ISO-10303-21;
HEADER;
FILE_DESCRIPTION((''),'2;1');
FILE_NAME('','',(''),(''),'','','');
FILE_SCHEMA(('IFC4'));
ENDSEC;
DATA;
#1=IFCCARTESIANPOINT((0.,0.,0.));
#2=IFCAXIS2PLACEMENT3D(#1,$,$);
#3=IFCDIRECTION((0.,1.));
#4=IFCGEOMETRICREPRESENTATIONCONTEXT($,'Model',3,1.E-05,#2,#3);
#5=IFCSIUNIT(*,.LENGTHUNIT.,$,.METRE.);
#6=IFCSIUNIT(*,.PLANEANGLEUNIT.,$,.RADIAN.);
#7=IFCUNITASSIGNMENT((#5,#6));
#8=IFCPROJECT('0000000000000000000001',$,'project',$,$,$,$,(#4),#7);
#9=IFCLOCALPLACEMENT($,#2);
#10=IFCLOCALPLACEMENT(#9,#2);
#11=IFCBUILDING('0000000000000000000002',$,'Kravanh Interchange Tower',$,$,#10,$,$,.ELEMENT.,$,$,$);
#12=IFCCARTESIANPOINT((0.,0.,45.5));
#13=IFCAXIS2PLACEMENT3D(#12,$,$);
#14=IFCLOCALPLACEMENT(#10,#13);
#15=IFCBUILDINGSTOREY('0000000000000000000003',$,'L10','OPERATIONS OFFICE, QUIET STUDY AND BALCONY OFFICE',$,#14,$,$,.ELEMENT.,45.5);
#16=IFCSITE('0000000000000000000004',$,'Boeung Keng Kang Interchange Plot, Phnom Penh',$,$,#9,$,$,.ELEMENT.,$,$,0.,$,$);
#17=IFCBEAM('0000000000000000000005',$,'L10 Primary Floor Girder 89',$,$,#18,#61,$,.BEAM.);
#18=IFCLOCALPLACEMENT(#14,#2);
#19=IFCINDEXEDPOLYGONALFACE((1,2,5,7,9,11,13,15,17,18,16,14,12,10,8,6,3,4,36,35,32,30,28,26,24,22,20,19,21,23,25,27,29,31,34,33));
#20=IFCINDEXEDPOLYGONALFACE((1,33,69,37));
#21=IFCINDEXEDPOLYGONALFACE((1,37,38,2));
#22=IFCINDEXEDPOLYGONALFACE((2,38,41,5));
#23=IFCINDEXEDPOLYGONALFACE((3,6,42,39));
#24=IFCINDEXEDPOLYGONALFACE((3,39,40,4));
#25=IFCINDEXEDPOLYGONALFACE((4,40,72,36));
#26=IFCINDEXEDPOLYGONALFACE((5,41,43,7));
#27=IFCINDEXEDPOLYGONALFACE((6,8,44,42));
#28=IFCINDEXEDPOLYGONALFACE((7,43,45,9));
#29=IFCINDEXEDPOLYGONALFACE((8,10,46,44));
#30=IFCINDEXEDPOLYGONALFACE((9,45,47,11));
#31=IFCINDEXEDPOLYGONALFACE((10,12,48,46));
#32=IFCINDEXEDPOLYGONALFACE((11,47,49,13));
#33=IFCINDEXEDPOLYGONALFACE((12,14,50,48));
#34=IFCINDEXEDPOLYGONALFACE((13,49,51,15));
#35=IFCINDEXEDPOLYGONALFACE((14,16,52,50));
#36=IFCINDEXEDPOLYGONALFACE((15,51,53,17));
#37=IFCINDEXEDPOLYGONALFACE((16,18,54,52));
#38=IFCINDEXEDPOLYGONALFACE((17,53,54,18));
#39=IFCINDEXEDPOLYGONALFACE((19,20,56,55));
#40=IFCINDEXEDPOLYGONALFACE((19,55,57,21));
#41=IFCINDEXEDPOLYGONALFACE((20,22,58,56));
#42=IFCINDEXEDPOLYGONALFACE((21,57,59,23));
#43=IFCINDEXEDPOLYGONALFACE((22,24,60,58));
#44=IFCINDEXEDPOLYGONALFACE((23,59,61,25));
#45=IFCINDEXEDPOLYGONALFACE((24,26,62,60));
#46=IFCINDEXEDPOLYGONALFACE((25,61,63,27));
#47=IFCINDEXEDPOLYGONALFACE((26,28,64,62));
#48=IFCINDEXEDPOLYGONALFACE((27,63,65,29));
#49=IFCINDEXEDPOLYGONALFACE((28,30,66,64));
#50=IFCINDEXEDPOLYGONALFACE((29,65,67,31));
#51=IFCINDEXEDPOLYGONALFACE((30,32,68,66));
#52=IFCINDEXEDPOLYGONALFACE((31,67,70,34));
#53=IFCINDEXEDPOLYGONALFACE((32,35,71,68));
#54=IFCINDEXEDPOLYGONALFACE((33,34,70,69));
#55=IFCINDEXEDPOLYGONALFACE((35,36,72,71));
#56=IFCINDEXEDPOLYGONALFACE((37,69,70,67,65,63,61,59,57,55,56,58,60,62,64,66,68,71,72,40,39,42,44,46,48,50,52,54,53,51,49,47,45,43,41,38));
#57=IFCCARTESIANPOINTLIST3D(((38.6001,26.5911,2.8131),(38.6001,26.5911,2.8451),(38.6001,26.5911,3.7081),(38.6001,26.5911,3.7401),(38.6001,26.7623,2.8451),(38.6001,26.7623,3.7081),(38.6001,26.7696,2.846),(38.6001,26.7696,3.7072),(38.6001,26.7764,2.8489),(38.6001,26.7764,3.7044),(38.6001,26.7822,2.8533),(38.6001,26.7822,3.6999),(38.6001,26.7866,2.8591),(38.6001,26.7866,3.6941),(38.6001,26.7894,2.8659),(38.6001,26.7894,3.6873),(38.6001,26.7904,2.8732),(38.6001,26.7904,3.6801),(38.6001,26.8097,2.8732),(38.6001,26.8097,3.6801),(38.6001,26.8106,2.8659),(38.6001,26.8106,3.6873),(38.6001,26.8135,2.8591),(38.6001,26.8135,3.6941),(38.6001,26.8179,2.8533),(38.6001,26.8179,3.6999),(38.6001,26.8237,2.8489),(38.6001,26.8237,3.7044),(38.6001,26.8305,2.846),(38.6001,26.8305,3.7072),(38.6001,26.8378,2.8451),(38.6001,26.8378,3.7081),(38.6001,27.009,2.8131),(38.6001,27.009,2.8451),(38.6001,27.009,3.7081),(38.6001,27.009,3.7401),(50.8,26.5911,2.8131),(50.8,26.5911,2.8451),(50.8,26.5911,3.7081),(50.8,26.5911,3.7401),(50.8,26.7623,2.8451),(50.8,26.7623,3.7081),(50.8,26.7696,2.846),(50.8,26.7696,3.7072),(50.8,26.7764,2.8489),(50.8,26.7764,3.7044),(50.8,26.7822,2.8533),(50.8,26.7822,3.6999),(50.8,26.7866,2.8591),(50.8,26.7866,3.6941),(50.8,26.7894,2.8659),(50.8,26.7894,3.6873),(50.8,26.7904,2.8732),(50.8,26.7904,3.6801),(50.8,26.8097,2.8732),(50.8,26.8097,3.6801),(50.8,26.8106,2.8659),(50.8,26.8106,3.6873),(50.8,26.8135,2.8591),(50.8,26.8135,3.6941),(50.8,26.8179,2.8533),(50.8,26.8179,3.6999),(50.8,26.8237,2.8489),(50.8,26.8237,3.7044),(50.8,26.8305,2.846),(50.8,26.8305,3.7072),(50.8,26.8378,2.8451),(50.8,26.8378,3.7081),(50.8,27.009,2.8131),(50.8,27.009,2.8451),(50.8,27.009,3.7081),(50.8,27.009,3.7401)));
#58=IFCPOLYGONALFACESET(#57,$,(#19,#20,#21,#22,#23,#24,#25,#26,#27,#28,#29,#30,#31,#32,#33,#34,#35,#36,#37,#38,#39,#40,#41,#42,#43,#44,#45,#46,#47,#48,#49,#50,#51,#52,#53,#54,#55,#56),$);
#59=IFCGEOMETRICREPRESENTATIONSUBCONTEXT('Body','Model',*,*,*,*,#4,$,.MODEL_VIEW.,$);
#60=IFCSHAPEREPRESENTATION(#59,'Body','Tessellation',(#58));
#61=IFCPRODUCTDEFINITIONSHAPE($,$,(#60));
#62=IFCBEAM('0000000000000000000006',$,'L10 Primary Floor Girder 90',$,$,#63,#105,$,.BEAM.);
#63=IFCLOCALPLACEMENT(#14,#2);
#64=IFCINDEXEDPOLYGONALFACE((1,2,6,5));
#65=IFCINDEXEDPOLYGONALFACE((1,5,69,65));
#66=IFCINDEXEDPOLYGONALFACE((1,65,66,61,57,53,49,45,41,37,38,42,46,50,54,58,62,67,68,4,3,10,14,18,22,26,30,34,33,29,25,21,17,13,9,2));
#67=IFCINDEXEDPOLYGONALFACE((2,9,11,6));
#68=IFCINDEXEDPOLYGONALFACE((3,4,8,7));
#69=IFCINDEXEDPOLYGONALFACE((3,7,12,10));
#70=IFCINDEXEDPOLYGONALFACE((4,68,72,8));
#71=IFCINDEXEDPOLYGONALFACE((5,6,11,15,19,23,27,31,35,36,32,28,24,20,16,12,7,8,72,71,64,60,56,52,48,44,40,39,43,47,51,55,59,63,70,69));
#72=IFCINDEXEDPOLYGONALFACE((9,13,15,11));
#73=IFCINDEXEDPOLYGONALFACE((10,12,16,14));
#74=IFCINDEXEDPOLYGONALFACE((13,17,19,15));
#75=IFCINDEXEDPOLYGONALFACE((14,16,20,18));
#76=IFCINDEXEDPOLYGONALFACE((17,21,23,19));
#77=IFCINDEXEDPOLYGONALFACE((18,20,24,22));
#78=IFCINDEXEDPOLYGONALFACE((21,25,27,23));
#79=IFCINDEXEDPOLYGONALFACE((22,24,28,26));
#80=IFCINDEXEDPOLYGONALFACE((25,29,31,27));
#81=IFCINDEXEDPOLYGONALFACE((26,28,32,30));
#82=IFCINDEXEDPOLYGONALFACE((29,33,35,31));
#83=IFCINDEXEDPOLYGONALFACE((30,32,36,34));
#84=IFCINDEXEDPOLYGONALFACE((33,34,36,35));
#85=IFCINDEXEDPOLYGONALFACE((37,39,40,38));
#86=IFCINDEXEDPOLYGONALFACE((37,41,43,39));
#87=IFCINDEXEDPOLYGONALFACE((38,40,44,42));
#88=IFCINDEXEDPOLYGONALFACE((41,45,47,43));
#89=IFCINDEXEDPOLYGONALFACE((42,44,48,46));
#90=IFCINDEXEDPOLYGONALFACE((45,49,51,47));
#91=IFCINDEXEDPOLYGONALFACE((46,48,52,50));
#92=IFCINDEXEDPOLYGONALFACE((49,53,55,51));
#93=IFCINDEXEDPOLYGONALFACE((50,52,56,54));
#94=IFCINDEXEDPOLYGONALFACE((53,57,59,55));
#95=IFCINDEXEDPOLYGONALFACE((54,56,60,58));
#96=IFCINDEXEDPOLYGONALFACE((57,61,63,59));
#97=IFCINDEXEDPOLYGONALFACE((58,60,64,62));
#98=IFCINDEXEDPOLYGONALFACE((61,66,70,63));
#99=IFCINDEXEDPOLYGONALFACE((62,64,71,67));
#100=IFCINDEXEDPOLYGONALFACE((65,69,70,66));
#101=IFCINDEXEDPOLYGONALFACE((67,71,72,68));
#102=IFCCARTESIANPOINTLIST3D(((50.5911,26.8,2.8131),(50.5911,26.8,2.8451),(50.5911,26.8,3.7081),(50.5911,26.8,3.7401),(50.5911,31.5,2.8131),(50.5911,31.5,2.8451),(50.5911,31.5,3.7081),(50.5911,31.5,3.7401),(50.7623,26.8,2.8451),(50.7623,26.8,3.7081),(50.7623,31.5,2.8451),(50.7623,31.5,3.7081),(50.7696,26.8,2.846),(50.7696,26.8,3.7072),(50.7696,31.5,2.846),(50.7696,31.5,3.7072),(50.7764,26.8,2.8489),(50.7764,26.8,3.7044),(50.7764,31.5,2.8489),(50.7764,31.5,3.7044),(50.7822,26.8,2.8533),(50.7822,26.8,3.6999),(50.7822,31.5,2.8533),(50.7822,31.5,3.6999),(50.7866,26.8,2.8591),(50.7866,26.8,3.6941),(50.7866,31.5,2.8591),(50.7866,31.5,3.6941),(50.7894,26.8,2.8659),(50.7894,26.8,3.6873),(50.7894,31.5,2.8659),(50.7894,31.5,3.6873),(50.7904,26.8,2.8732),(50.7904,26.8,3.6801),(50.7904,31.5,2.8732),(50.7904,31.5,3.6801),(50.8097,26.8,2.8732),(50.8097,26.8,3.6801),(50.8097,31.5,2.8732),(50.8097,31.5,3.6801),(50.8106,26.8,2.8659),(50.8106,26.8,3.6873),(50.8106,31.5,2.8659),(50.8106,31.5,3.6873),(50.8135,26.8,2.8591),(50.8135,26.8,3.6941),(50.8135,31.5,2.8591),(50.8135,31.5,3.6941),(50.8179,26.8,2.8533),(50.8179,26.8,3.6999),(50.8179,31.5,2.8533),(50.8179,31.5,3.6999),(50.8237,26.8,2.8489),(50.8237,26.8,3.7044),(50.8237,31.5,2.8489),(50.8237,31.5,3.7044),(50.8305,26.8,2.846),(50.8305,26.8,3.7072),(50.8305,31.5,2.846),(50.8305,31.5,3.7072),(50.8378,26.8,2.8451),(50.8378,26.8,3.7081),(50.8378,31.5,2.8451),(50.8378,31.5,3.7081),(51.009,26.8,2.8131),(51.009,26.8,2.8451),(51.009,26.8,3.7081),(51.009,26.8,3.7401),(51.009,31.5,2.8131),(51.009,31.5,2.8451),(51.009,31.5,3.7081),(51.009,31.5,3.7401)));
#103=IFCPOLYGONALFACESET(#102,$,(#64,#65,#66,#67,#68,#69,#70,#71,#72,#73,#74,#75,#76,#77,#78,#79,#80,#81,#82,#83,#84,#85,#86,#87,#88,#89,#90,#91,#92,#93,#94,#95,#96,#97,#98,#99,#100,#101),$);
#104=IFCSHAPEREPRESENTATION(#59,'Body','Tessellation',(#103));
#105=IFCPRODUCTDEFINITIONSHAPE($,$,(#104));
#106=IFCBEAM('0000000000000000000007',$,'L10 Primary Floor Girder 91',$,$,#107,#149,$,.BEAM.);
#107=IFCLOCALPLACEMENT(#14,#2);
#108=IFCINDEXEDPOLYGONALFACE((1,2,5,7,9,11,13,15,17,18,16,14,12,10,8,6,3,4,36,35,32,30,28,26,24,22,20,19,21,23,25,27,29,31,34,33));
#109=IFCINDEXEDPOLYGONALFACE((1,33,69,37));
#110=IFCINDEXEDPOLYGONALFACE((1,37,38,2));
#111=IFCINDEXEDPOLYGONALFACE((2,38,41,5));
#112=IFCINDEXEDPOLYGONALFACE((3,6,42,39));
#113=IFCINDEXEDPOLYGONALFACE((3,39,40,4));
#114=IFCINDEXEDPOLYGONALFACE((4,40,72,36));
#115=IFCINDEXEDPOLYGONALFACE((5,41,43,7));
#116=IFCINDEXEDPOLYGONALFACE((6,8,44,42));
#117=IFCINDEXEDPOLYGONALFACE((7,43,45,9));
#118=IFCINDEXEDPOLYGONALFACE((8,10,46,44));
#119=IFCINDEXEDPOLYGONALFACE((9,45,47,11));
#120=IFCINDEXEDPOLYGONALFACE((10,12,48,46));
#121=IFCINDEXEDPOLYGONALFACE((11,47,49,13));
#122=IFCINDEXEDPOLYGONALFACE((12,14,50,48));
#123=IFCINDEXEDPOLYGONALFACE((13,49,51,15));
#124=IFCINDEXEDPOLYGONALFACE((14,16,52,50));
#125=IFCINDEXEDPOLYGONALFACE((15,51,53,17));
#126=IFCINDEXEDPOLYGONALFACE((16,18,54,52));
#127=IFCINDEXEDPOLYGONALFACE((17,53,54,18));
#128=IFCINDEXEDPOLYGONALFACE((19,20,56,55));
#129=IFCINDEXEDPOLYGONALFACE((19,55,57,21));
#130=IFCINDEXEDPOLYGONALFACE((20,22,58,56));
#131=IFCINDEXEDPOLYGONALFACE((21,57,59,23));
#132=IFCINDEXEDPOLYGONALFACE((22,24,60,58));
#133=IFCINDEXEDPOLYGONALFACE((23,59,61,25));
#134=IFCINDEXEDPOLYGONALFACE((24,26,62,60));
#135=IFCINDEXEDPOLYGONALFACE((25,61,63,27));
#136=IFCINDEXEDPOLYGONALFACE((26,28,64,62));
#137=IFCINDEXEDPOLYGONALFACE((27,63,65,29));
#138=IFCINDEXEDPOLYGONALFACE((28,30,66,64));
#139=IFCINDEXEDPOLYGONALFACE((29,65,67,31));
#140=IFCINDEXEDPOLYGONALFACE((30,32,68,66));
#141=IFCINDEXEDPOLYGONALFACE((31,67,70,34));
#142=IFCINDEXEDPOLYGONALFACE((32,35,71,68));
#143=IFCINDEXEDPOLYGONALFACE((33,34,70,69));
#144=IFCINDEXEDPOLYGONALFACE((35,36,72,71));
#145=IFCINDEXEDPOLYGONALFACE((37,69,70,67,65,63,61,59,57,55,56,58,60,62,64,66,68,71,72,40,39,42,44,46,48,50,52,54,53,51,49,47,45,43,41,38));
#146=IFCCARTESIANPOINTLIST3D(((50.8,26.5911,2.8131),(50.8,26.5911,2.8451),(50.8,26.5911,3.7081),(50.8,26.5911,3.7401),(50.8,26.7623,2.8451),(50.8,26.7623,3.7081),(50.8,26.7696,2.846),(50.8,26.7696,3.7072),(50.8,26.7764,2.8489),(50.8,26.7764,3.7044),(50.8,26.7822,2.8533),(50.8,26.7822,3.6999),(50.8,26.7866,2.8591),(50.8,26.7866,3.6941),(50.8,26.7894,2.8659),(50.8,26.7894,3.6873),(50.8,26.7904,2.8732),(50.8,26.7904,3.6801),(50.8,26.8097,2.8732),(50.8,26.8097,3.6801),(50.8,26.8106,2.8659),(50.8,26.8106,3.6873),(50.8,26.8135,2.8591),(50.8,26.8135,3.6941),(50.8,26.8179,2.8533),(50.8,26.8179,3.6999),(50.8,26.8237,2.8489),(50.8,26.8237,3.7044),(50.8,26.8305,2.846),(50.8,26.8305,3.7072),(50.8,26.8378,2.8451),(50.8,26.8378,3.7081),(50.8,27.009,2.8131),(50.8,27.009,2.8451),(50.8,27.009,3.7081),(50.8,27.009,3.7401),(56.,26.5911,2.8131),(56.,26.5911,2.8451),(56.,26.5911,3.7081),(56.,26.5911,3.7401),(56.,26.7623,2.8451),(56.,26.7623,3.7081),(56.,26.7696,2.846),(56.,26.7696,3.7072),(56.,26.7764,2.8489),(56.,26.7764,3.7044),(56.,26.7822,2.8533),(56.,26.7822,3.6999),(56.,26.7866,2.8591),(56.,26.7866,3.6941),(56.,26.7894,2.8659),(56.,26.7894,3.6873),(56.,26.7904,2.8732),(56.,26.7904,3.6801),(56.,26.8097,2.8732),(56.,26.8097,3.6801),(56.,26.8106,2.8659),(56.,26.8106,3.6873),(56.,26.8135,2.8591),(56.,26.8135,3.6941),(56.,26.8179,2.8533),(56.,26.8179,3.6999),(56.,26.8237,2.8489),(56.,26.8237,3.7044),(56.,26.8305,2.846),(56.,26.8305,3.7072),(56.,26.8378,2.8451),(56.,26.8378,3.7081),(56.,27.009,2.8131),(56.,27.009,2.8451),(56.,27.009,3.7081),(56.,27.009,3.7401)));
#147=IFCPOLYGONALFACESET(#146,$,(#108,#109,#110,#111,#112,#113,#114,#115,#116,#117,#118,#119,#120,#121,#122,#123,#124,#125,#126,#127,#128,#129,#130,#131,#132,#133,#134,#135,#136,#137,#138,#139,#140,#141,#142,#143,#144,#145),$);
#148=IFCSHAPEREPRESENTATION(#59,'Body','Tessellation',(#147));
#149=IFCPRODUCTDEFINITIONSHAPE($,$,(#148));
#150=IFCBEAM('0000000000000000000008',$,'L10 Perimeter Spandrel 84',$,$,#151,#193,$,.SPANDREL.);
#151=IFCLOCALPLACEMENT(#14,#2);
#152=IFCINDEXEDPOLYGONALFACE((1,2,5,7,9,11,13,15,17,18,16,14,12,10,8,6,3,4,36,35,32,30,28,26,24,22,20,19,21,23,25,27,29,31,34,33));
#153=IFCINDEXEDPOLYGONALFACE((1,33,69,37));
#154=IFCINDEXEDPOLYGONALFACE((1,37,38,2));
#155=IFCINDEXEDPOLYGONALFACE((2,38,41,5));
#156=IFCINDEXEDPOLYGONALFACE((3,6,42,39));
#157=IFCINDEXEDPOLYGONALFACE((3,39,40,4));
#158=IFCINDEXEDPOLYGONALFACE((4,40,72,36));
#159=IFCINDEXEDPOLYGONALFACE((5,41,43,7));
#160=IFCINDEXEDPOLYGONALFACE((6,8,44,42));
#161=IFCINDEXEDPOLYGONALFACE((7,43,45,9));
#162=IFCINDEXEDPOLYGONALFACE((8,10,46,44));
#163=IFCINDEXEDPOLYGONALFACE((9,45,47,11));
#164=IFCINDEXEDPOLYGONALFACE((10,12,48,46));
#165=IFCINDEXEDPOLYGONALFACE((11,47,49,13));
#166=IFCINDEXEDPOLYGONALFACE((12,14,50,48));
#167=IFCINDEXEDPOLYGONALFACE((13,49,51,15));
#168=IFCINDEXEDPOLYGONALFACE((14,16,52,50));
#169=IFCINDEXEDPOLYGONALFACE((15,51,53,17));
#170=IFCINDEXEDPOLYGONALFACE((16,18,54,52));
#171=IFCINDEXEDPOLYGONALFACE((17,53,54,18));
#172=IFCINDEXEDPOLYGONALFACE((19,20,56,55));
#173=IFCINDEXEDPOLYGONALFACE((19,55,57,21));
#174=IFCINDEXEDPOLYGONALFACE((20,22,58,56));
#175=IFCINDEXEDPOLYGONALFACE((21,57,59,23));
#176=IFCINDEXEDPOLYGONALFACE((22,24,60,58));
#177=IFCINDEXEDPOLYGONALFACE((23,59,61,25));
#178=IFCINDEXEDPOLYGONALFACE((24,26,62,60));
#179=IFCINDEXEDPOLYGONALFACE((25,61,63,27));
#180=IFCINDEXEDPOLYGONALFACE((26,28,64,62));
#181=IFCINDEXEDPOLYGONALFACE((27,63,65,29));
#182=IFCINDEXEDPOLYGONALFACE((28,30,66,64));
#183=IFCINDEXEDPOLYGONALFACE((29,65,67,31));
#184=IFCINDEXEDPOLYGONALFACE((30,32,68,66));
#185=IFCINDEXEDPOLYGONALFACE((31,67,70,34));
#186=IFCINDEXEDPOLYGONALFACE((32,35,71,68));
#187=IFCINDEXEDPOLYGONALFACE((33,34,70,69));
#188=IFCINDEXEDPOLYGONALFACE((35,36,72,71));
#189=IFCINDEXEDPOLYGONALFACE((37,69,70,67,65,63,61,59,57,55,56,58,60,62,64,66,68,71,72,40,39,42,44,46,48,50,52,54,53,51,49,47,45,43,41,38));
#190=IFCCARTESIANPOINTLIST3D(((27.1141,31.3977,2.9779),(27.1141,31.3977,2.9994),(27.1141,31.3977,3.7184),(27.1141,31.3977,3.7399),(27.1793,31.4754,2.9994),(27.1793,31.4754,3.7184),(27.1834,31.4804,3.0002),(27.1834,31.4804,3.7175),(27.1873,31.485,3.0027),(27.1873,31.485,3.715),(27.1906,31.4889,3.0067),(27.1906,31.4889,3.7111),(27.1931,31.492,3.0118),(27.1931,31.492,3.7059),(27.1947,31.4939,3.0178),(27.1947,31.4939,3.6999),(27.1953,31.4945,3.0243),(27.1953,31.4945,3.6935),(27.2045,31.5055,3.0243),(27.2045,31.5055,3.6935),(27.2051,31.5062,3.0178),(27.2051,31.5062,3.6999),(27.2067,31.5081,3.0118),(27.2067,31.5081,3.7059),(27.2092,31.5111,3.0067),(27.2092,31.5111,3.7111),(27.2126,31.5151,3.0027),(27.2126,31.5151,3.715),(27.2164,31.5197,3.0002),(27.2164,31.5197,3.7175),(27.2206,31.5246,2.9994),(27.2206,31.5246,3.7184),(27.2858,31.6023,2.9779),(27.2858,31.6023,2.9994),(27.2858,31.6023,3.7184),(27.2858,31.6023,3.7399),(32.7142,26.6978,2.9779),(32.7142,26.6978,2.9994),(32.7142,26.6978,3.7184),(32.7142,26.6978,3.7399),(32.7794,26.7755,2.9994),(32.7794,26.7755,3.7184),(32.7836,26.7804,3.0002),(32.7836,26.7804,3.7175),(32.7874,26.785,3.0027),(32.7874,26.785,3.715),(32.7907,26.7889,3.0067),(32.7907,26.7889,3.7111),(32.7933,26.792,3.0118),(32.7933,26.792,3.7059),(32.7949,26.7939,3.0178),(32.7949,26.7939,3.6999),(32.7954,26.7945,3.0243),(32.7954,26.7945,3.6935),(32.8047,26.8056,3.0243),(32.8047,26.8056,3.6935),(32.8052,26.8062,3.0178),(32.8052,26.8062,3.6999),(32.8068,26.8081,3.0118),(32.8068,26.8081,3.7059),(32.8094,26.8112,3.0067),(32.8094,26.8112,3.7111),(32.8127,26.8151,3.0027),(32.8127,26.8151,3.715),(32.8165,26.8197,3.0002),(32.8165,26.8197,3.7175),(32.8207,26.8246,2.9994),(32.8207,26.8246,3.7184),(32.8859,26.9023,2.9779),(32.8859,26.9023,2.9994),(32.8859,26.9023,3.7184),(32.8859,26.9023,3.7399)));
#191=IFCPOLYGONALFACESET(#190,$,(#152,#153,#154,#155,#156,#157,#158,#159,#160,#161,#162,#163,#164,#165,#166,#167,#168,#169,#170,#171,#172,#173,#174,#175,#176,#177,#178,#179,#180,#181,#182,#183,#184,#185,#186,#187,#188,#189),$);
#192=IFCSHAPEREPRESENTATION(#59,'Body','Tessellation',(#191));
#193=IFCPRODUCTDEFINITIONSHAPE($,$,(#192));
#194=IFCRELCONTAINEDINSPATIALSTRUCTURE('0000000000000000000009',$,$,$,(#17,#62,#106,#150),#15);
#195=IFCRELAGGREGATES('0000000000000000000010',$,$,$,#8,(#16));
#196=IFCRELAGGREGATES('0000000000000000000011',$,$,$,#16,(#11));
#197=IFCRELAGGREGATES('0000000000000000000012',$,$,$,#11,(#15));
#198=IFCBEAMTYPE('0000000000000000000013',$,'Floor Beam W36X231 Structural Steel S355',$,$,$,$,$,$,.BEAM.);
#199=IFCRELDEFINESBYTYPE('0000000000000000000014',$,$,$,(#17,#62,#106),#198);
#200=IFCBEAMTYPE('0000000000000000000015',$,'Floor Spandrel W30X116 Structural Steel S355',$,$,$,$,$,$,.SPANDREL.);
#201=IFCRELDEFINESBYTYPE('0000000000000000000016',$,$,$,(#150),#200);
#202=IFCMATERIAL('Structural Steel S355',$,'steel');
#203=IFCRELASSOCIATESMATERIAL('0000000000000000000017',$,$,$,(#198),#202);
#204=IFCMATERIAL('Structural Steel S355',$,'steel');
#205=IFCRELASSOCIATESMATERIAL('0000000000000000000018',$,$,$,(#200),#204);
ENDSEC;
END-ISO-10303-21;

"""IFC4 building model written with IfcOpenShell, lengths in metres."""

from ifc_helpers import new_model, si_unit, direction, frame, origin, origin_2d, place, context, subcontext, project, spatial, i_section, extrude, material, material_profile, profile_set, type_object, element, save


model = new_model("IFC4")

# Units and contexts
model_context = context("Model", 3, precision=1e-05, world=origin(), true_north=direction((0.0, 1.0)))
body_context = subcontext(model_context, "Body", "Model", "MODEL_VIEW")
ifc_project = project(units=[si_unit("LENGTHUNIT", "METRE"), si_unit("PLANEANGLEUNIT", "RADIAN")], contexts=[model_context])

# Site, building, storey
site_placement = place(None, origin())
site = spatial("IfcSite", under=ifc_project, at=site_placement, Name="Boeung Keng Kang Interchange Plot, Phnom Penh", CompositionType="ELEMENT", RefElevation=0.0)
building_placement = place(site_placement, origin())
building = spatial("IfcBuilding", under=site, at=building_placement, Name="Kravanh Interchange Tower", CompositionType="ELEMENT")
storey_placement = place(building_placement, frame((0.0, 0.0, 45.5)))
storey = spatial("IfcBuildingStorey", under=building, at=storey_placement, Name="L10", Description="OPERATIONS OFFICE, QUIET STUDY AND BALCONY OFFICE", CompositionType="ELEMENT", Elevation=45.5)

# Beams
ifc_material_1 = material(Name="Structural Steel S355", Category="steel")
ifc_material_profile_1 = material_profile(ifc_material_1, i_section(OverallWidth=0.418, OverallDepth=0.927, WebThickness=0.0193, FlangeThickness=0.032, FilletRadius=0.0281, at=origin_2d()), Name="W36X231")
ifc_profile_set_1 = profile_set([ifc_material_profile_1], Name="Structural Steel S355")
beam_type_1 = type_object("IfcBeamType", Name="Floor Beam W36X231 Structural Steel S355", PredefinedType="BEAM", material=ifc_profile_set_1)
beam_1_placement = place(storey_placement, frame((38.6001, 26.8, 3.2766), z_axis=(1.0, 0.0, 0.0), x_axis=(0.0, 1.0, 0.0)))
element("IfcBeam", 1, at=beam_1_placement, inside=storey, type_object=beam_type_1, Name="L10 Primary Floor Girder 89", PredefinedType="BEAM", context=body_context, shape_type="SweptSolid", body=[
    extrude(i_section(OverallWidth=0.418, OverallDepth=0.927, WebThickness=0.0193, FlangeThickness=0.032, FilletRadius=0.0281, at=origin_2d()), origin(), (0.0, 0.0, 1.0), 12.2),
])
beam_2_placement = place(storey_placement, frame((50.8, 26.8, 3.2766), z_axis=(0.0, 1.0, 0.0), x_axis=(-1.0, 0.0, 0.0)))
element("IfcBeam", 2, at=beam_2_placement, inside=storey, type_object=beam_type_1, Name="L10 Primary Floor Girder 90", PredefinedType="BEAM", context=body_context, shape_type="SweptSolid", body=[
    extrude(i_section(OverallWidth=0.418, OverallDepth=0.927, WebThickness=0.0193, FlangeThickness=0.032, FilletRadius=0.0281, at=origin_2d()), origin(), (0.0, 0.0, 1.0), 4.7),
])
beam_3_placement = place(storey_placement, frame((50.8, 26.8, 3.2766), z_axis=(1.0, 0.0, 0.0), x_axis=(0.0, 1.0, 0.0)))
element("IfcBeam", 3, at=beam_3_placement, inside=storey, type_object=beam_type_1, Name="L10 Primary Floor Girder 91", PredefinedType="BEAM", context=body_context, shape_type="SweptSolid", body=[
    extrude(i_section(OverallWidth=0.418, OverallDepth=0.927, WebThickness=0.0193, FlangeThickness=0.032, FilletRadius=0.0281, at=origin_2d()), origin(), (0.0, 0.0, 1.0), 5.2),
])
ifc_material_2 = material(Name="Structural Steel S355", Category="steel")
ifc_material_profile_2 = material_profile(ifc_material_2, i_section(OverallWidth=0.2671, OverallDepth=0.762, WebThickness=0.0144, FlangeThickness=0.0215, FilletRadius=0.0249, at=origin_2d()), Name="W30X116")
ifc_profile_set_2 = profile_set([ifc_material_profile_2], Name="Structural Steel S355")
beam_type_2 = type_object("IfcBeamType", Name="Floor Spandrel W30X116 Structural Steel S355", PredefinedType="SPANDREL", material=ifc_profile_set_2)
beam_4_placement = place(storey_placement, frame((32.8, 26.8, 3.3589), z_axis=(-0.765983, 0.642861, 0.0), x_axis=(-0.642861, -0.765983, 0.0)))
element("IfcBeam", 4, at=beam_4_placement, inside=storey, type_object=beam_type_2, Name="L10 Perimeter Spandrel 84", PredefinedType="SPANDREL", context=body_context, shape_type="SweptSolid", body=[
    extrude(i_section(OverallWidth=0.2671, OverallDepth=0.762, WebThickness=0.0144, FlangeThickness=0.0215, FilletRadius=0.0249, at=origin_2d()), origin(), (0.0, 0.0, 1.0), 7.311),
])

save(model, "model.ifc")
